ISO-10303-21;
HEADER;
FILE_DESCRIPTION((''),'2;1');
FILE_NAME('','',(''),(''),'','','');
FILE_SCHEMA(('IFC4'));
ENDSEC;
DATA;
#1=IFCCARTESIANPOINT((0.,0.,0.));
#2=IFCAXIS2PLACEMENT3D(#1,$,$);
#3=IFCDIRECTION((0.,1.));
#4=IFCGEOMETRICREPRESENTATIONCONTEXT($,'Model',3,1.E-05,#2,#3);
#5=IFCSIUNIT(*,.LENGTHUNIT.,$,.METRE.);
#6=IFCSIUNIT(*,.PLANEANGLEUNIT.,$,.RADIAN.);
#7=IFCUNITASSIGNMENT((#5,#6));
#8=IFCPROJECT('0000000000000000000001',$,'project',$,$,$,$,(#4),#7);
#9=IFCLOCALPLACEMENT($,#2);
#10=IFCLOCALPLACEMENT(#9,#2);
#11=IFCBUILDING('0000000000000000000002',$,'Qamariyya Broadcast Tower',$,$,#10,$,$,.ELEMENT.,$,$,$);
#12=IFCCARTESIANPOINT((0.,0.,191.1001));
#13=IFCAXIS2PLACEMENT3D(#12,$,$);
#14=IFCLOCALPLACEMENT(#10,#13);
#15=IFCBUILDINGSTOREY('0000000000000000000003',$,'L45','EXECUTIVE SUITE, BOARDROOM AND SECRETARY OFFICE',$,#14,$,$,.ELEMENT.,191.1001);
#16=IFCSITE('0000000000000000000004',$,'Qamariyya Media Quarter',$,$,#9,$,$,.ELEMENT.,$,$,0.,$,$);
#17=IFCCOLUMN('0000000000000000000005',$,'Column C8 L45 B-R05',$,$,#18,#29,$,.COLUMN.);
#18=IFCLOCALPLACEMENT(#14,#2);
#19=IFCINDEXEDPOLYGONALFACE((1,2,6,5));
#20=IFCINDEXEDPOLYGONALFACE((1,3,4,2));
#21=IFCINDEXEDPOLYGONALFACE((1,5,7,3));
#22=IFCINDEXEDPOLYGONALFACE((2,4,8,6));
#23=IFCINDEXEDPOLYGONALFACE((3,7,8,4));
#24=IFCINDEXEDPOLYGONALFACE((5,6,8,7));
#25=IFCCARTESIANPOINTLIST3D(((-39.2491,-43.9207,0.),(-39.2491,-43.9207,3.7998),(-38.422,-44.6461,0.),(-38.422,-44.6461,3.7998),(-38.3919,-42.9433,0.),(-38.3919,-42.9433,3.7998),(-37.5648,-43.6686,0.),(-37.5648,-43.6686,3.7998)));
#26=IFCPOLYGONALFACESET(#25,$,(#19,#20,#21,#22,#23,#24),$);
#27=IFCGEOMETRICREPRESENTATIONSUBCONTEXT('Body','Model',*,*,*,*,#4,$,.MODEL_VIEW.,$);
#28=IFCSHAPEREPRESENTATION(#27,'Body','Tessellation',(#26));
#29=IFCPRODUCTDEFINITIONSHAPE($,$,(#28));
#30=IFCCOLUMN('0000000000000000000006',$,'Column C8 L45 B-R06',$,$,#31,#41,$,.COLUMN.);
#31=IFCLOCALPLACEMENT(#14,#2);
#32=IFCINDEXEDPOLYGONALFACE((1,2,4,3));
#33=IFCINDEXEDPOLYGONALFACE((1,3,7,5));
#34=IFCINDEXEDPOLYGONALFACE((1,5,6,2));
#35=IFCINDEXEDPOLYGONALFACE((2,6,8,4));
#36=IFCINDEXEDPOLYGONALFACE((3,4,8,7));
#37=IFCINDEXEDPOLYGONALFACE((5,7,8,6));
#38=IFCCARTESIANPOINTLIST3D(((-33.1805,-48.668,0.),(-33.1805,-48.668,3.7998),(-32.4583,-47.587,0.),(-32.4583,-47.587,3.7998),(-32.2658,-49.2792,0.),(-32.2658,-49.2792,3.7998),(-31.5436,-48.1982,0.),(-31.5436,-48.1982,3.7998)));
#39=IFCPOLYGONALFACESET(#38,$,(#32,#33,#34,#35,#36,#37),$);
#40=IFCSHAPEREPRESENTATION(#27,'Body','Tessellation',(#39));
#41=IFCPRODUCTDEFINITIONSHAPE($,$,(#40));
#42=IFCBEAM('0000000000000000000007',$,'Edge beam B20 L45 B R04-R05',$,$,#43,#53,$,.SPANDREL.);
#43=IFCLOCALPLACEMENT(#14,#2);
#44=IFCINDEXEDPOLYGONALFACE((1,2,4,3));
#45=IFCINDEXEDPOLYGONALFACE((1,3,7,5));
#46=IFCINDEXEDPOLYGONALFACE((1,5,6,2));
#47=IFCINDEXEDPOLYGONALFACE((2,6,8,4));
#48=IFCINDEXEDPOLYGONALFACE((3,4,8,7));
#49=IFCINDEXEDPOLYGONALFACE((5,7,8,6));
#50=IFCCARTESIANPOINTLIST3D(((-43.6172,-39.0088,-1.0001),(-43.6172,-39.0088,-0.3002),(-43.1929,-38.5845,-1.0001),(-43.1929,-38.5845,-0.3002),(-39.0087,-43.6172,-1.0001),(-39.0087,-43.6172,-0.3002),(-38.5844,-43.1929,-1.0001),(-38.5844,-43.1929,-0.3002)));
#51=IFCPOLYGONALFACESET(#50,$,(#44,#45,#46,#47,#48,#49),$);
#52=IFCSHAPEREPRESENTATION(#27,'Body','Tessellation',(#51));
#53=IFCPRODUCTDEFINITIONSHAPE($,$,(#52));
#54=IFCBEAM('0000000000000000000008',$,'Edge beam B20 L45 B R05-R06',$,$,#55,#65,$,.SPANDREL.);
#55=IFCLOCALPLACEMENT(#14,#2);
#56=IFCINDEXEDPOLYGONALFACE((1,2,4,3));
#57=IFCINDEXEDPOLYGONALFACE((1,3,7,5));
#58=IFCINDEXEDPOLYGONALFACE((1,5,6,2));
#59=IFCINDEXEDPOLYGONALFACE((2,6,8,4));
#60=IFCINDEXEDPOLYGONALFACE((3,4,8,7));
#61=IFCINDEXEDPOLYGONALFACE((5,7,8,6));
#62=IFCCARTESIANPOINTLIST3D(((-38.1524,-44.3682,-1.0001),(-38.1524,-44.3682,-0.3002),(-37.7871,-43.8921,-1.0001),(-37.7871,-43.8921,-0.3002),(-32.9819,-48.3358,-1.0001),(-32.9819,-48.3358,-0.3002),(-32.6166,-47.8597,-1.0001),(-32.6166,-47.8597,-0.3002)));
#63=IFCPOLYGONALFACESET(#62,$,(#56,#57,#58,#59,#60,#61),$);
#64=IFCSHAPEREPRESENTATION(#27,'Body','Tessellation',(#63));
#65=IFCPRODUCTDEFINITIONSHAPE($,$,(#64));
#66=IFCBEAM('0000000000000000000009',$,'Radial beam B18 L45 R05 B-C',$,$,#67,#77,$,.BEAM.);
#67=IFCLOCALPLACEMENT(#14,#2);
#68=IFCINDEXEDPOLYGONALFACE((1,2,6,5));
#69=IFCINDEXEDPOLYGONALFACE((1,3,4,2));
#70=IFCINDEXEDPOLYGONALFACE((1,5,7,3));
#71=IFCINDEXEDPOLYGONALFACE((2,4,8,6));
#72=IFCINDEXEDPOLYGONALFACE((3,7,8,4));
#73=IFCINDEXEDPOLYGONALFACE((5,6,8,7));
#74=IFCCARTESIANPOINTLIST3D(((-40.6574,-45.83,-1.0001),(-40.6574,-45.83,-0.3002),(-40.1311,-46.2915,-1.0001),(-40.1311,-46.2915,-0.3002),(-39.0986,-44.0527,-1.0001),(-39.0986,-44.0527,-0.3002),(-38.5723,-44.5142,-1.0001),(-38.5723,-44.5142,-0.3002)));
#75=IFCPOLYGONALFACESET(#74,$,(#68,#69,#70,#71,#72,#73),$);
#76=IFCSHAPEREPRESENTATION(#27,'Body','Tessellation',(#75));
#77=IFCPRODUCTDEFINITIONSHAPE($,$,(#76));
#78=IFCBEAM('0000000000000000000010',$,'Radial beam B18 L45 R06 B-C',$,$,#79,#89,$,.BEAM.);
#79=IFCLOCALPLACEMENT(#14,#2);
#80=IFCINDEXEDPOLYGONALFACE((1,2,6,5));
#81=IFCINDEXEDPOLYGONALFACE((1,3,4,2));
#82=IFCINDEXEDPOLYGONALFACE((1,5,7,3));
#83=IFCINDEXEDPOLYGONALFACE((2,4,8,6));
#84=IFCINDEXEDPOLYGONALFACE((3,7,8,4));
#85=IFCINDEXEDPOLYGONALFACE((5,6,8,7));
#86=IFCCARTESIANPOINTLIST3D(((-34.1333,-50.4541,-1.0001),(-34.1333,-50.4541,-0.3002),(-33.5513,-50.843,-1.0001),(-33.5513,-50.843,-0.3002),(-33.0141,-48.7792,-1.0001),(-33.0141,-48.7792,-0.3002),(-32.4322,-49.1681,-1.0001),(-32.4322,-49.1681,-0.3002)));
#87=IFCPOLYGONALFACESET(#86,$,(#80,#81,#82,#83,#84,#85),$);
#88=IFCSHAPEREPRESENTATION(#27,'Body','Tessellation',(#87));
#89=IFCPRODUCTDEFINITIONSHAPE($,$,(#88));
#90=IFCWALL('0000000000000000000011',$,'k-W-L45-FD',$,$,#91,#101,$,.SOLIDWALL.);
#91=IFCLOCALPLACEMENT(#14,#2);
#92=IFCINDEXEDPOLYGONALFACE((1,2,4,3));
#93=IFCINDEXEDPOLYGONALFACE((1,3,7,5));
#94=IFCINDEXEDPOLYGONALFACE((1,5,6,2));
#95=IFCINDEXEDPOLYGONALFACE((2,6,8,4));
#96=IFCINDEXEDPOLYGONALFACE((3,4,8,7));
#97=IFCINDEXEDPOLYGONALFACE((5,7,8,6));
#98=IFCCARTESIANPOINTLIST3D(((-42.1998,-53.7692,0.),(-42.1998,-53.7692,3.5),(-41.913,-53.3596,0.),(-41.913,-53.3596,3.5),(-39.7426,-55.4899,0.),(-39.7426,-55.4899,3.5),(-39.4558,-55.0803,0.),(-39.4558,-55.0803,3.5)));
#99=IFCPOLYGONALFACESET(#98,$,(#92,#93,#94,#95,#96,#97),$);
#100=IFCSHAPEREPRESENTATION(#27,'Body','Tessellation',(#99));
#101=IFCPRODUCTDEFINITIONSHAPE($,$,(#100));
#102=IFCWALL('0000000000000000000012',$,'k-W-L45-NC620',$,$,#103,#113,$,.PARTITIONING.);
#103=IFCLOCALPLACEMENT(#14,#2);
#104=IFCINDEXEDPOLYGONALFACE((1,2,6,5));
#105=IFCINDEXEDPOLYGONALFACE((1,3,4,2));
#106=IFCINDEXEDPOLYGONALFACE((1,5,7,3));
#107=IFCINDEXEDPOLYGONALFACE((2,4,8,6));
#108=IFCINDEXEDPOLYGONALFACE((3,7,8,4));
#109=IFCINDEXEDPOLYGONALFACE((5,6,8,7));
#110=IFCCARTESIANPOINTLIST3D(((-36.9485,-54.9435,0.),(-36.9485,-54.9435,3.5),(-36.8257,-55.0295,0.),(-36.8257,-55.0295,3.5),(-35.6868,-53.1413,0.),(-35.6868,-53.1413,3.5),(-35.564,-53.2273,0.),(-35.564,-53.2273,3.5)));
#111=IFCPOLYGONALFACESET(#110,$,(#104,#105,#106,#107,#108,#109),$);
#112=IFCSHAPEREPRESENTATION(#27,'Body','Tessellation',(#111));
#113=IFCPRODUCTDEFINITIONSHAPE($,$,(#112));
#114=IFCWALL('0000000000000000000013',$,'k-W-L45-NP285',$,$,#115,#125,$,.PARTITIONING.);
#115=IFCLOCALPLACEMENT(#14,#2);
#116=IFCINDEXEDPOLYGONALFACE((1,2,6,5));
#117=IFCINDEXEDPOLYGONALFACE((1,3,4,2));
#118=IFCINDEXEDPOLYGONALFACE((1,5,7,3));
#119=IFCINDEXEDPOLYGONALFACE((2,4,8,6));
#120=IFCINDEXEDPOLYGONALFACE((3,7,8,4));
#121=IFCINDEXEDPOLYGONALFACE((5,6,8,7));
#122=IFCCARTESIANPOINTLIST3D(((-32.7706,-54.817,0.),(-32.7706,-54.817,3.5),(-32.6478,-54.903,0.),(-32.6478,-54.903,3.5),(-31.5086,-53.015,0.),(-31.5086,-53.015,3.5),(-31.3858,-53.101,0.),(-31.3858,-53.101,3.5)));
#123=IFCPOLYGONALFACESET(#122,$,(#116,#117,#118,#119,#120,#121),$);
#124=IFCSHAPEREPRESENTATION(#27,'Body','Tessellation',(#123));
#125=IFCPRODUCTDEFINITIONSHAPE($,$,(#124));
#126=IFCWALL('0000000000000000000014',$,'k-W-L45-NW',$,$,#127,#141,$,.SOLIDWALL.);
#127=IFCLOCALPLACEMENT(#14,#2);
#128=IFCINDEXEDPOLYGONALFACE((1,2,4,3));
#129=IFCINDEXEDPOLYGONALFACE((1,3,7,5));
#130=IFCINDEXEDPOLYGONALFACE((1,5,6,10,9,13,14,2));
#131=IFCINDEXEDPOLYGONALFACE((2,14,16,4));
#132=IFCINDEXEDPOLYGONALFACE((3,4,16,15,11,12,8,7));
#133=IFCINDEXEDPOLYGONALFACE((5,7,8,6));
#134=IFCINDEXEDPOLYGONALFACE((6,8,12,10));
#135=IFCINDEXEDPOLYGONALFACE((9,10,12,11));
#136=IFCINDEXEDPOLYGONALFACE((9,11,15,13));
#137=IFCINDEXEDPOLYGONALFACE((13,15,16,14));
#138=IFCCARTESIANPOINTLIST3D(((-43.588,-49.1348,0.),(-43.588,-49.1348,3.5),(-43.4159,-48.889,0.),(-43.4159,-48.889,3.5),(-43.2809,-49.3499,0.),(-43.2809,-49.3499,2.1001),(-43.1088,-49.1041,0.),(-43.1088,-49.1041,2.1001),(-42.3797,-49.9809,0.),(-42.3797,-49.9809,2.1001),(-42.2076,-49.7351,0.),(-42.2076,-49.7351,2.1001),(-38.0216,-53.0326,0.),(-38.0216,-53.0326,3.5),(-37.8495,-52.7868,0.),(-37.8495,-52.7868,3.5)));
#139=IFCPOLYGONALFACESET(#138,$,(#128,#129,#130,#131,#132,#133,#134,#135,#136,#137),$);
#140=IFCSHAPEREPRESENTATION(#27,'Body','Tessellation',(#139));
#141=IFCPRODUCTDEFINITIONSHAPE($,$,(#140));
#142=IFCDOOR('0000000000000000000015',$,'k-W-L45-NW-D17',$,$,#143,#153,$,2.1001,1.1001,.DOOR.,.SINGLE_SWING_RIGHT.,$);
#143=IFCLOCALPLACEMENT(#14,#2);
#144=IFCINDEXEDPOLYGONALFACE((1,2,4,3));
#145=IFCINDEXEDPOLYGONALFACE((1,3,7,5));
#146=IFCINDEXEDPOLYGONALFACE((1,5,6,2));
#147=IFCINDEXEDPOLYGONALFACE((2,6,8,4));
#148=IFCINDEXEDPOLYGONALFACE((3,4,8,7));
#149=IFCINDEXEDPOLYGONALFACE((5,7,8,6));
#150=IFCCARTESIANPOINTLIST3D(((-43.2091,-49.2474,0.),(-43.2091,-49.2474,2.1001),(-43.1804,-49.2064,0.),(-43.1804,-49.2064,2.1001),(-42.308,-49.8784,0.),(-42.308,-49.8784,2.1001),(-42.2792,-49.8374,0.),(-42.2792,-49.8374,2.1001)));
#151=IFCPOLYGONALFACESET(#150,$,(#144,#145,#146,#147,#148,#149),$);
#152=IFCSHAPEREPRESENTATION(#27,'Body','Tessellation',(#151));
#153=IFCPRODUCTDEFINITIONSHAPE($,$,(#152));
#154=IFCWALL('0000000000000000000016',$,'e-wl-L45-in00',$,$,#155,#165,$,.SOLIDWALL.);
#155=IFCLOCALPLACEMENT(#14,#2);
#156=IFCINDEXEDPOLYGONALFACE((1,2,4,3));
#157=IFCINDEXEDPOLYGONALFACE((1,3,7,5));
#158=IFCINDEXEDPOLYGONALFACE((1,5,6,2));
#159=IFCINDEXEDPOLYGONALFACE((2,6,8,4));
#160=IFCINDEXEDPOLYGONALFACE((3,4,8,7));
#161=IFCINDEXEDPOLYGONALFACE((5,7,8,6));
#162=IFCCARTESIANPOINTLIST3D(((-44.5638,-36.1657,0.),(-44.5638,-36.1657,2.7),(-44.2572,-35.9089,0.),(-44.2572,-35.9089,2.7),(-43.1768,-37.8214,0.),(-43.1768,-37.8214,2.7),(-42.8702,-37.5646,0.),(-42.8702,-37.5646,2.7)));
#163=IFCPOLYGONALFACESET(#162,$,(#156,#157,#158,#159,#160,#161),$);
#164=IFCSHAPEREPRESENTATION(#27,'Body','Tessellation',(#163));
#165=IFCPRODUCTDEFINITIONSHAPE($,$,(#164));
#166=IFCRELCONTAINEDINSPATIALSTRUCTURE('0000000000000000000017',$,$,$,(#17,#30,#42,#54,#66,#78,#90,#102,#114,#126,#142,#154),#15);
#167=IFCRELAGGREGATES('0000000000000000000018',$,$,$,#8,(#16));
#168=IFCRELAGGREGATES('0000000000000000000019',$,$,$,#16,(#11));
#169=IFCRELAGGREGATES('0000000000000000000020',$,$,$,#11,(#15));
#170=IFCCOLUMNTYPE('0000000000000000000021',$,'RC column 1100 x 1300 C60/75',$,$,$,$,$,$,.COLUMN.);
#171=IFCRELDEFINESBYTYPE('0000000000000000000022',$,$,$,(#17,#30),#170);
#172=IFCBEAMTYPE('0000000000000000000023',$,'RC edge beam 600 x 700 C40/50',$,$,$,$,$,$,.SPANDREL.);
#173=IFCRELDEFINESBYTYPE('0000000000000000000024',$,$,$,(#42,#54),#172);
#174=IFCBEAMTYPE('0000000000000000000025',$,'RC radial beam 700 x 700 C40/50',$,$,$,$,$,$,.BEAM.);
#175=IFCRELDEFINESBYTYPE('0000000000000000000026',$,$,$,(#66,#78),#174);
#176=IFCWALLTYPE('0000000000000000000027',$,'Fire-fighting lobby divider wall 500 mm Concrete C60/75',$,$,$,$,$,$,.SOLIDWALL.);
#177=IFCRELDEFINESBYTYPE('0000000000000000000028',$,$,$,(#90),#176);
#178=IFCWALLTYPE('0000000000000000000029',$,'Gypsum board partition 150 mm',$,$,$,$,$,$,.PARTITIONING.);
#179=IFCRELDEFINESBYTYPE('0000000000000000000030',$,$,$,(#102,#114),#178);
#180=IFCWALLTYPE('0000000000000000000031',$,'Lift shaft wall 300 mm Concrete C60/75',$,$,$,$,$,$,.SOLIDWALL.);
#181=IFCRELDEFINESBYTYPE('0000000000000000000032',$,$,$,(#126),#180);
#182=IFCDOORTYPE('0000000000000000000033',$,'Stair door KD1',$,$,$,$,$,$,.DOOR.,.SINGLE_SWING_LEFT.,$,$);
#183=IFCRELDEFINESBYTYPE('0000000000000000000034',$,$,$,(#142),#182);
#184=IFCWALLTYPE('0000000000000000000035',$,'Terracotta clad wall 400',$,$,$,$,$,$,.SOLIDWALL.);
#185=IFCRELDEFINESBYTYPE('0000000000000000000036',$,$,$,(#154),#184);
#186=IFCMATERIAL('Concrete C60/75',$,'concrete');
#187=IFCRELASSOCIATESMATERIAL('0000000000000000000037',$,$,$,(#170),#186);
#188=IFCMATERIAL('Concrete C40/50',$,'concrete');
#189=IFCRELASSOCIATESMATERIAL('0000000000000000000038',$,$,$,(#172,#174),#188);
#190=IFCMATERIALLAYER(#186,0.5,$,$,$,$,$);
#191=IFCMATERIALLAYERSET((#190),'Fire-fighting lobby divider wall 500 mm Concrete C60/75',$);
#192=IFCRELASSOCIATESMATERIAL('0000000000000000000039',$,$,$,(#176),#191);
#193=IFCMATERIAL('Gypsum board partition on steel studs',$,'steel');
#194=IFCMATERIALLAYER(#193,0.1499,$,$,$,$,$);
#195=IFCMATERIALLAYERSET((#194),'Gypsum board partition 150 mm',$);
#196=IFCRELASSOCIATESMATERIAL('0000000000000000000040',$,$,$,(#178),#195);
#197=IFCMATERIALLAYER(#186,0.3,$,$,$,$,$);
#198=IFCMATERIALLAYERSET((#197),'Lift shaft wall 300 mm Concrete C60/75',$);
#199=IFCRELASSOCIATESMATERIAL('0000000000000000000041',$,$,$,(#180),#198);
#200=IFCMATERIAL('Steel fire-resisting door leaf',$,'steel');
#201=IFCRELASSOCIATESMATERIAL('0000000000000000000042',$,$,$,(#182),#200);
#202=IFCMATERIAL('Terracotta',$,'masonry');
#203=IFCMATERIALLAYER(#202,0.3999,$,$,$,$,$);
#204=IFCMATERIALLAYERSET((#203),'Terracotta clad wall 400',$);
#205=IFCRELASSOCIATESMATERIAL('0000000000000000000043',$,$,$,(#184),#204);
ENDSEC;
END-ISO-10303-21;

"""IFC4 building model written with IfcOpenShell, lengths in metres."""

from ifc_helpers import new_model, si_unit, direction, frame, frame_2d, origin, origin_2d, place, context, subcontext, project, spatial, rectangle, extrude, material, layer, layer_set, material_profile, profile_set, type_object, element, fill, save


model = new_model("IFC4")

# Units and contexts
model_context = context("Model", 3, precision=1e-05, world=origin(), true_north=direction((0.0, 1.0)))
body_context = subcontext(model_context, "Body", "Model", "MODEL_VIEW")
ifc_project = project(units=[si_unit("LENGTHUNIT", "METRE"), si_unit("PLANEANGLEUNIT", "RADIAN")], contexts=[model_context])

# Site, building, storey
site_placement = place(None, origin())
site = spatial("IfcSite", under=ifc_project, at=site_placement, Name="Qamariyya Media Quarter", CompositionType="ELEMENT", RefElevation=0.0)
building_placement = place(site_placement, origin())
building = spatial("IfcBuilding", under=site, at=building_placement, Name="Qamariyya Broadcast Tower", CompositionType="ELEMENT")
storey_placement = place(building_placement, frame((0.0, 0.0, 191.1001)))
storey = spatial("IfcBuildingStorey", under=building, at=storey_placement, Name="L45", Description="EXECUTIVE SUITE, BOARDROOM AND SECRETARY OFFICE", CompositionType="ELEMENT", Elevation=191.1001)

# Columns
ifc_material_1 = material(Name="Concrete C60/75", Category="concrete")
ifc_material_profile_1 = material_profile(ifc_material_1, rectangle(XDim=1.1001, YDim=1.3, at=origin_2d()))
ifc_profile_set_1 = profile_set([ifc_material_profile_1], Name="Concrete C60/75")
column_type = type_object("IfcColumnType", Name="RC column 1100 x 1300 C60/75", PredefinedType="COLUMN", material=ifc_profile_set_1)
for number, where, z_axis, x_axis, name in (
    (1, (-38.407, -43.7947, 0.0), (0.0, 0.0, 1.0), (0.75184, -0.659346, 0.0), "Column C8 L45 B-R05"),
    (2, (-32.3621, -48.4331, 0.0), (0.0, 0.0, 1.0), (0.83147, -0.55557, 0.0), "Column C8 L45 B-R06"),
):
    element("IfcColumn", number, at=place(storey_placement, frame(where, z_axis=z_axis, x_axis=x_axis)), inside=storey, type_object=column_type, Name=name, PredefinedType="COLUMN", context=body_context, shape_type="SweptSolid", body=[
        extrude(rectangle(XDim=1.1001, YDim=1.3, at=origin_2d()), origin(), (0.0, 0.0, 1.0), 3.7998),
    ])

# Beams
ifc_material_2 = material(Name="Concrete C40/50", Category="concrete")
ifc_material_profile_2 = material_profile(ifc_material_2, rectangle(XDim=0.6001, YDim=0.7, at=origin_2d()))
ifc_profile_set_2 = profile_set([ifc_material_profile_2], Name="Concrete C40/50")
beam_type_1 = type_object("IfcBeamType", Name="RC edge beam 600 x 700 C40/50", PredefinedType="SPANDREL", material=ifc_profile_set_2)
for number, where, z_axis, x_axis, name in (
    (3, (-43.405, -38.7966, -0.6501), (0.707107, -0.707107, 0.0), (0.707107, 0.707107, 0.0), "Edge beam B20 L45 B R04-R05"),
    (4, (-37.9697, -44.1301, -0.6501), (0.793343, -0.608774, 0.0), (0.608774, 0.793343, 0.0), "Edge beam B20 L45 B R05-R06"),
):
    element("IfcBeam", number, at=place(storey_placement, frame(where, z_axis=z_axis, x_axis=x_axis)), inside=storey, type_object=beam_type_1, Name=name, PredefinedType="SPANDREL", context=body_context, shape_type="SweptSolid", body=[
        extrude(rectangle(XDim=0.6001, YDim=0.7, at=origin_2d()), origin(), (0.0, 0.0, 1.0), 6.5173),
    ])
ifc_material_profile_3 = material_profile(ifc_material_2, rectangle(XDim=0.7, YDim=0.7, at=origin_2d()))
ifc_profile_set_3 = profile_set([ifc_material_profile_3], Name="Concrete C40/50")
beam_type_2 = type_object("IfcBeamType", Name="RC radial beam 700 x 700 C40/50", PredefinedType="BEAM", material=ifc_profile_set_3)
beam_1_placement = place(storey_placement, frame((-38.8354, -44.2834, -0.6501), z_axis=(-0.659382, -0.751809, 0.0), x_axis=(0.751809, -0.659382, 0.0)))
element("IfcBeam", 5, at=beam_1_placement, inside=storey, type_object=beam_type_2, Name="Radial beam B18 L45 R05 B-C", PredefinedType="BEAM", context=body_context, shape_type="SweptSolid", body=[
    extrude(rectangle(XDim=0.7, YDim=0.7, at=origin_2d()), origin(), (0.0, 0.0, 1.0), 2.364),
])
beam_2_placement = place(storey_placement, frame((-32.7231, -48.9736, -0.6501), z_axis=(-0.555595, -0.831453, 0.0), x_axis=(0.831453, -0.555595, 0.0)))
element("IfcBeam", 6, at=beam_2_placement, inside=storey, type_object=beam_type_2, Name="Radial beam B18 L45 R06 B-C", PredefinedType="BEAM", context=body_context, shape_type="SweptSolid", body=[
    extrude(rectangle(XDim=0.7, YDim=0.7, at=origin_2d()), origin(), (0.0, 0.0, 1.0), 2.0144),
])

# Walls
ifc_layer_1 = layer(ifc_material_1, 0.5)
ifc_layer_set_1 = layer_set([ifc_layer_1], Name="Fire-fighting lobby divider wall 500 mm Concrete C60/75")
wall_type_1 = type_object("IfcWallType", Name="Fire-fighting lobby divider wall 500 mm Concrete C60/75", PredefinedType="SOLIDWALL", material=ifc_layer_set_1)
wall_1_placement = place(storey_placement, frame((-39.5991, -55.2852, 0.0), z_axis=(0.0, 0.0, 1.0), x_axis=(-0.819136, 0.573599, 0.0)))
element("IfcWall", 7, at=wall_1_placement, inside=storey, type_object=wall_type_1, Name="k-W-L45-FD", PredefinedType="SOLIDWALL", context=body_context, shape_type="SweptSolid", body=[
    extrude(rectangle(XDim=2.9998, YDim=0.5, at=frame_2d((1.5, 0.0))), origin(), (0.0, 0.0, 1.0), 3.5),
])
ifc_material_3 = material(Name="Gypsum board partition on steel studs", Category="steel")
ifc_layer_2 = layer(ifc_material_3, 0.1499)
ifc_layer_set_2 = layer_set([ifc_layer_2], Name="Gypsum board partition 150 mm")
wall_type_2 = type_object("IfcWallType", Name="Gypsum board partition 150 mm", PredefinedType="PARTITIONING", material=ifc_layer_set_2)
for number, where, z_axis, x_axis, name in (
    (8, (-36.8872, -54.9866, 0.0), (0.0, 0.0, 1.0), (0.573507, 0.819201, 0.0), "k-W-L45-NC620"),
    (9, (-32.7092, -54.8601, 0.0), (0.0, 0.0, 1.0), (0.573634, 0.819112, 0.0), "k-W-L45-NP285"),
):
    element("IfcWall", number, at=place(storey_placement, frame(where, z_axis=z_axis, x_axis=x_axis)), inside=storey, type_object=wall_type_2, Name=name, PredefinedType="PARTITIONING", context=body_context, shape_type="SweptSolid", body=[
        extrude(rectangle(XDim=2.2, YDim=0.1499, at=frame_2d((1.1001, 0.0))), origin(), (0.0, 0.0, 1.0), 3.5),
    ])

# Wall, opening, door
ifc_layer_3 = layer(ifc_material_1, 0.3)
ifc_layer_set_3 = layer_set([ifc_layer_3], Name="Lift shaft wall 300 mm Concrete C60/75")
wall_type_3 = type_object("IfcWallType", Name="Lift shaft wall 300 mm Concrete C60/75", PredefinedType="SOLIDWALL", material=ifc_layer_set_3)
wall_2_placement = place(storey_placement, frame((-37.9355, -52.9097, 0.0), z_axis=(0.0, 0.0, 1.0), x_axis=(-0.819148, 0.573583, 0.0)))
wall_2 = element("IfcWall", 10, at=wall_2_placement, inside=storey, type_object=wall_type_3, Name="k-W-L45-NW", PredefinedType="SOLIDWALL", context=body_context, shape_type="SweptSolid", body=[
    extrude(rectangle(XDim=6.7954, YDim=0.3, at=frame_2d((3.3977, 0.0))), origin(), (0.0, 0.0, 1.0), 3.5),
])
opening_1_placement = place(wall_2_placement, frame((5.3203, 0.0, 0.0)))
opening_1 = element("IfcOpeningElement", 11, at=opening_1_placement, cuts=wall_2, PredefinedType="OPENING", context=body_context, shape_type="SweptSolid", body=[
    extrude(rectangle(XDim=1.1001, YDim=2.1001, at=frame_2d((0.55, 1.05))), frame((0.0, 0.1599, 0.0), z_axis=(0.0, -1.0, 0.0), x_axis=(1.0, 0.0, 0.0)), (0.0, 0.0, 1.0), 0.3201),
])
ifc_material_4 = material(Name="Steel fire-resisting door leaf", Category="steel")
door_type = type_object("IfcDoorType", Name="Stair door KD1", OperationType="SINGLE_SWING_LEFT", PredefinedType="DOOR", material=ifc_material_4)
door_placement = place(opening_1_placement, origin())
door = element("IfcDoor", 12, at=door_placement, inside=storey, type_object=door_type, Name="k-W-L45-NW-D17", OperationType="SINGLE_SWING_RIGHT", OverallHeight=2.1001, OverallWidth=1.1001, PredefinedType="DOOR", context=body_context, shape_type="SweptSolid", body=[
    extrude(rectangle(XDim=1.1001, YDim=2.1001, at=frame_2d((0.55, 1.05))), frame((0.0, 0.0249, 0.0), z_axis=(0.0, -1.0, 0.0), x_axis=(1.0, 0.0, 0.0)), (0.0, 0.0, 1.0), 0.05),
])
fill(opening_1, door)

# Wall
ifc_material_5 = material(Name="Terracotta", Category="masonry")
ifc_layer_4 = layer(ifc_material_5, 0.3999)
ifc_layer_set_4 = layer_set([ifc_layer_4], Name="Terracotta clad wall 400")
wall_type_4 = type_object("IfcWallType", Name="Terracotta clad wall 400", PredefinedType="SOLIDWALL", material=ifc_layer_set_4)
wall_3_placement = place(storey_placement, frame((-43.0234, -37.6931, 0.0), z_axis=(0.0, 0.0, 1.0), x_axis=(-0.642139, 0.766588, 0.0)))
element("IfcWall", 13, at=wall_3_placement, inside=storey, type_object=wall_type_4, Name="e-wl-L45-in00", PredefinedType="SOLIDWALL", context=body_context, shape_type="SweptSolid", body=[
    extrude(rectangle(XDim=2.1599, YDim=0.3999, at=frame_2d((1.0801, 0.0))), origin(), (0.0, 0.0, 1.0), 2.7),
])

save(model, "model.ifc")
